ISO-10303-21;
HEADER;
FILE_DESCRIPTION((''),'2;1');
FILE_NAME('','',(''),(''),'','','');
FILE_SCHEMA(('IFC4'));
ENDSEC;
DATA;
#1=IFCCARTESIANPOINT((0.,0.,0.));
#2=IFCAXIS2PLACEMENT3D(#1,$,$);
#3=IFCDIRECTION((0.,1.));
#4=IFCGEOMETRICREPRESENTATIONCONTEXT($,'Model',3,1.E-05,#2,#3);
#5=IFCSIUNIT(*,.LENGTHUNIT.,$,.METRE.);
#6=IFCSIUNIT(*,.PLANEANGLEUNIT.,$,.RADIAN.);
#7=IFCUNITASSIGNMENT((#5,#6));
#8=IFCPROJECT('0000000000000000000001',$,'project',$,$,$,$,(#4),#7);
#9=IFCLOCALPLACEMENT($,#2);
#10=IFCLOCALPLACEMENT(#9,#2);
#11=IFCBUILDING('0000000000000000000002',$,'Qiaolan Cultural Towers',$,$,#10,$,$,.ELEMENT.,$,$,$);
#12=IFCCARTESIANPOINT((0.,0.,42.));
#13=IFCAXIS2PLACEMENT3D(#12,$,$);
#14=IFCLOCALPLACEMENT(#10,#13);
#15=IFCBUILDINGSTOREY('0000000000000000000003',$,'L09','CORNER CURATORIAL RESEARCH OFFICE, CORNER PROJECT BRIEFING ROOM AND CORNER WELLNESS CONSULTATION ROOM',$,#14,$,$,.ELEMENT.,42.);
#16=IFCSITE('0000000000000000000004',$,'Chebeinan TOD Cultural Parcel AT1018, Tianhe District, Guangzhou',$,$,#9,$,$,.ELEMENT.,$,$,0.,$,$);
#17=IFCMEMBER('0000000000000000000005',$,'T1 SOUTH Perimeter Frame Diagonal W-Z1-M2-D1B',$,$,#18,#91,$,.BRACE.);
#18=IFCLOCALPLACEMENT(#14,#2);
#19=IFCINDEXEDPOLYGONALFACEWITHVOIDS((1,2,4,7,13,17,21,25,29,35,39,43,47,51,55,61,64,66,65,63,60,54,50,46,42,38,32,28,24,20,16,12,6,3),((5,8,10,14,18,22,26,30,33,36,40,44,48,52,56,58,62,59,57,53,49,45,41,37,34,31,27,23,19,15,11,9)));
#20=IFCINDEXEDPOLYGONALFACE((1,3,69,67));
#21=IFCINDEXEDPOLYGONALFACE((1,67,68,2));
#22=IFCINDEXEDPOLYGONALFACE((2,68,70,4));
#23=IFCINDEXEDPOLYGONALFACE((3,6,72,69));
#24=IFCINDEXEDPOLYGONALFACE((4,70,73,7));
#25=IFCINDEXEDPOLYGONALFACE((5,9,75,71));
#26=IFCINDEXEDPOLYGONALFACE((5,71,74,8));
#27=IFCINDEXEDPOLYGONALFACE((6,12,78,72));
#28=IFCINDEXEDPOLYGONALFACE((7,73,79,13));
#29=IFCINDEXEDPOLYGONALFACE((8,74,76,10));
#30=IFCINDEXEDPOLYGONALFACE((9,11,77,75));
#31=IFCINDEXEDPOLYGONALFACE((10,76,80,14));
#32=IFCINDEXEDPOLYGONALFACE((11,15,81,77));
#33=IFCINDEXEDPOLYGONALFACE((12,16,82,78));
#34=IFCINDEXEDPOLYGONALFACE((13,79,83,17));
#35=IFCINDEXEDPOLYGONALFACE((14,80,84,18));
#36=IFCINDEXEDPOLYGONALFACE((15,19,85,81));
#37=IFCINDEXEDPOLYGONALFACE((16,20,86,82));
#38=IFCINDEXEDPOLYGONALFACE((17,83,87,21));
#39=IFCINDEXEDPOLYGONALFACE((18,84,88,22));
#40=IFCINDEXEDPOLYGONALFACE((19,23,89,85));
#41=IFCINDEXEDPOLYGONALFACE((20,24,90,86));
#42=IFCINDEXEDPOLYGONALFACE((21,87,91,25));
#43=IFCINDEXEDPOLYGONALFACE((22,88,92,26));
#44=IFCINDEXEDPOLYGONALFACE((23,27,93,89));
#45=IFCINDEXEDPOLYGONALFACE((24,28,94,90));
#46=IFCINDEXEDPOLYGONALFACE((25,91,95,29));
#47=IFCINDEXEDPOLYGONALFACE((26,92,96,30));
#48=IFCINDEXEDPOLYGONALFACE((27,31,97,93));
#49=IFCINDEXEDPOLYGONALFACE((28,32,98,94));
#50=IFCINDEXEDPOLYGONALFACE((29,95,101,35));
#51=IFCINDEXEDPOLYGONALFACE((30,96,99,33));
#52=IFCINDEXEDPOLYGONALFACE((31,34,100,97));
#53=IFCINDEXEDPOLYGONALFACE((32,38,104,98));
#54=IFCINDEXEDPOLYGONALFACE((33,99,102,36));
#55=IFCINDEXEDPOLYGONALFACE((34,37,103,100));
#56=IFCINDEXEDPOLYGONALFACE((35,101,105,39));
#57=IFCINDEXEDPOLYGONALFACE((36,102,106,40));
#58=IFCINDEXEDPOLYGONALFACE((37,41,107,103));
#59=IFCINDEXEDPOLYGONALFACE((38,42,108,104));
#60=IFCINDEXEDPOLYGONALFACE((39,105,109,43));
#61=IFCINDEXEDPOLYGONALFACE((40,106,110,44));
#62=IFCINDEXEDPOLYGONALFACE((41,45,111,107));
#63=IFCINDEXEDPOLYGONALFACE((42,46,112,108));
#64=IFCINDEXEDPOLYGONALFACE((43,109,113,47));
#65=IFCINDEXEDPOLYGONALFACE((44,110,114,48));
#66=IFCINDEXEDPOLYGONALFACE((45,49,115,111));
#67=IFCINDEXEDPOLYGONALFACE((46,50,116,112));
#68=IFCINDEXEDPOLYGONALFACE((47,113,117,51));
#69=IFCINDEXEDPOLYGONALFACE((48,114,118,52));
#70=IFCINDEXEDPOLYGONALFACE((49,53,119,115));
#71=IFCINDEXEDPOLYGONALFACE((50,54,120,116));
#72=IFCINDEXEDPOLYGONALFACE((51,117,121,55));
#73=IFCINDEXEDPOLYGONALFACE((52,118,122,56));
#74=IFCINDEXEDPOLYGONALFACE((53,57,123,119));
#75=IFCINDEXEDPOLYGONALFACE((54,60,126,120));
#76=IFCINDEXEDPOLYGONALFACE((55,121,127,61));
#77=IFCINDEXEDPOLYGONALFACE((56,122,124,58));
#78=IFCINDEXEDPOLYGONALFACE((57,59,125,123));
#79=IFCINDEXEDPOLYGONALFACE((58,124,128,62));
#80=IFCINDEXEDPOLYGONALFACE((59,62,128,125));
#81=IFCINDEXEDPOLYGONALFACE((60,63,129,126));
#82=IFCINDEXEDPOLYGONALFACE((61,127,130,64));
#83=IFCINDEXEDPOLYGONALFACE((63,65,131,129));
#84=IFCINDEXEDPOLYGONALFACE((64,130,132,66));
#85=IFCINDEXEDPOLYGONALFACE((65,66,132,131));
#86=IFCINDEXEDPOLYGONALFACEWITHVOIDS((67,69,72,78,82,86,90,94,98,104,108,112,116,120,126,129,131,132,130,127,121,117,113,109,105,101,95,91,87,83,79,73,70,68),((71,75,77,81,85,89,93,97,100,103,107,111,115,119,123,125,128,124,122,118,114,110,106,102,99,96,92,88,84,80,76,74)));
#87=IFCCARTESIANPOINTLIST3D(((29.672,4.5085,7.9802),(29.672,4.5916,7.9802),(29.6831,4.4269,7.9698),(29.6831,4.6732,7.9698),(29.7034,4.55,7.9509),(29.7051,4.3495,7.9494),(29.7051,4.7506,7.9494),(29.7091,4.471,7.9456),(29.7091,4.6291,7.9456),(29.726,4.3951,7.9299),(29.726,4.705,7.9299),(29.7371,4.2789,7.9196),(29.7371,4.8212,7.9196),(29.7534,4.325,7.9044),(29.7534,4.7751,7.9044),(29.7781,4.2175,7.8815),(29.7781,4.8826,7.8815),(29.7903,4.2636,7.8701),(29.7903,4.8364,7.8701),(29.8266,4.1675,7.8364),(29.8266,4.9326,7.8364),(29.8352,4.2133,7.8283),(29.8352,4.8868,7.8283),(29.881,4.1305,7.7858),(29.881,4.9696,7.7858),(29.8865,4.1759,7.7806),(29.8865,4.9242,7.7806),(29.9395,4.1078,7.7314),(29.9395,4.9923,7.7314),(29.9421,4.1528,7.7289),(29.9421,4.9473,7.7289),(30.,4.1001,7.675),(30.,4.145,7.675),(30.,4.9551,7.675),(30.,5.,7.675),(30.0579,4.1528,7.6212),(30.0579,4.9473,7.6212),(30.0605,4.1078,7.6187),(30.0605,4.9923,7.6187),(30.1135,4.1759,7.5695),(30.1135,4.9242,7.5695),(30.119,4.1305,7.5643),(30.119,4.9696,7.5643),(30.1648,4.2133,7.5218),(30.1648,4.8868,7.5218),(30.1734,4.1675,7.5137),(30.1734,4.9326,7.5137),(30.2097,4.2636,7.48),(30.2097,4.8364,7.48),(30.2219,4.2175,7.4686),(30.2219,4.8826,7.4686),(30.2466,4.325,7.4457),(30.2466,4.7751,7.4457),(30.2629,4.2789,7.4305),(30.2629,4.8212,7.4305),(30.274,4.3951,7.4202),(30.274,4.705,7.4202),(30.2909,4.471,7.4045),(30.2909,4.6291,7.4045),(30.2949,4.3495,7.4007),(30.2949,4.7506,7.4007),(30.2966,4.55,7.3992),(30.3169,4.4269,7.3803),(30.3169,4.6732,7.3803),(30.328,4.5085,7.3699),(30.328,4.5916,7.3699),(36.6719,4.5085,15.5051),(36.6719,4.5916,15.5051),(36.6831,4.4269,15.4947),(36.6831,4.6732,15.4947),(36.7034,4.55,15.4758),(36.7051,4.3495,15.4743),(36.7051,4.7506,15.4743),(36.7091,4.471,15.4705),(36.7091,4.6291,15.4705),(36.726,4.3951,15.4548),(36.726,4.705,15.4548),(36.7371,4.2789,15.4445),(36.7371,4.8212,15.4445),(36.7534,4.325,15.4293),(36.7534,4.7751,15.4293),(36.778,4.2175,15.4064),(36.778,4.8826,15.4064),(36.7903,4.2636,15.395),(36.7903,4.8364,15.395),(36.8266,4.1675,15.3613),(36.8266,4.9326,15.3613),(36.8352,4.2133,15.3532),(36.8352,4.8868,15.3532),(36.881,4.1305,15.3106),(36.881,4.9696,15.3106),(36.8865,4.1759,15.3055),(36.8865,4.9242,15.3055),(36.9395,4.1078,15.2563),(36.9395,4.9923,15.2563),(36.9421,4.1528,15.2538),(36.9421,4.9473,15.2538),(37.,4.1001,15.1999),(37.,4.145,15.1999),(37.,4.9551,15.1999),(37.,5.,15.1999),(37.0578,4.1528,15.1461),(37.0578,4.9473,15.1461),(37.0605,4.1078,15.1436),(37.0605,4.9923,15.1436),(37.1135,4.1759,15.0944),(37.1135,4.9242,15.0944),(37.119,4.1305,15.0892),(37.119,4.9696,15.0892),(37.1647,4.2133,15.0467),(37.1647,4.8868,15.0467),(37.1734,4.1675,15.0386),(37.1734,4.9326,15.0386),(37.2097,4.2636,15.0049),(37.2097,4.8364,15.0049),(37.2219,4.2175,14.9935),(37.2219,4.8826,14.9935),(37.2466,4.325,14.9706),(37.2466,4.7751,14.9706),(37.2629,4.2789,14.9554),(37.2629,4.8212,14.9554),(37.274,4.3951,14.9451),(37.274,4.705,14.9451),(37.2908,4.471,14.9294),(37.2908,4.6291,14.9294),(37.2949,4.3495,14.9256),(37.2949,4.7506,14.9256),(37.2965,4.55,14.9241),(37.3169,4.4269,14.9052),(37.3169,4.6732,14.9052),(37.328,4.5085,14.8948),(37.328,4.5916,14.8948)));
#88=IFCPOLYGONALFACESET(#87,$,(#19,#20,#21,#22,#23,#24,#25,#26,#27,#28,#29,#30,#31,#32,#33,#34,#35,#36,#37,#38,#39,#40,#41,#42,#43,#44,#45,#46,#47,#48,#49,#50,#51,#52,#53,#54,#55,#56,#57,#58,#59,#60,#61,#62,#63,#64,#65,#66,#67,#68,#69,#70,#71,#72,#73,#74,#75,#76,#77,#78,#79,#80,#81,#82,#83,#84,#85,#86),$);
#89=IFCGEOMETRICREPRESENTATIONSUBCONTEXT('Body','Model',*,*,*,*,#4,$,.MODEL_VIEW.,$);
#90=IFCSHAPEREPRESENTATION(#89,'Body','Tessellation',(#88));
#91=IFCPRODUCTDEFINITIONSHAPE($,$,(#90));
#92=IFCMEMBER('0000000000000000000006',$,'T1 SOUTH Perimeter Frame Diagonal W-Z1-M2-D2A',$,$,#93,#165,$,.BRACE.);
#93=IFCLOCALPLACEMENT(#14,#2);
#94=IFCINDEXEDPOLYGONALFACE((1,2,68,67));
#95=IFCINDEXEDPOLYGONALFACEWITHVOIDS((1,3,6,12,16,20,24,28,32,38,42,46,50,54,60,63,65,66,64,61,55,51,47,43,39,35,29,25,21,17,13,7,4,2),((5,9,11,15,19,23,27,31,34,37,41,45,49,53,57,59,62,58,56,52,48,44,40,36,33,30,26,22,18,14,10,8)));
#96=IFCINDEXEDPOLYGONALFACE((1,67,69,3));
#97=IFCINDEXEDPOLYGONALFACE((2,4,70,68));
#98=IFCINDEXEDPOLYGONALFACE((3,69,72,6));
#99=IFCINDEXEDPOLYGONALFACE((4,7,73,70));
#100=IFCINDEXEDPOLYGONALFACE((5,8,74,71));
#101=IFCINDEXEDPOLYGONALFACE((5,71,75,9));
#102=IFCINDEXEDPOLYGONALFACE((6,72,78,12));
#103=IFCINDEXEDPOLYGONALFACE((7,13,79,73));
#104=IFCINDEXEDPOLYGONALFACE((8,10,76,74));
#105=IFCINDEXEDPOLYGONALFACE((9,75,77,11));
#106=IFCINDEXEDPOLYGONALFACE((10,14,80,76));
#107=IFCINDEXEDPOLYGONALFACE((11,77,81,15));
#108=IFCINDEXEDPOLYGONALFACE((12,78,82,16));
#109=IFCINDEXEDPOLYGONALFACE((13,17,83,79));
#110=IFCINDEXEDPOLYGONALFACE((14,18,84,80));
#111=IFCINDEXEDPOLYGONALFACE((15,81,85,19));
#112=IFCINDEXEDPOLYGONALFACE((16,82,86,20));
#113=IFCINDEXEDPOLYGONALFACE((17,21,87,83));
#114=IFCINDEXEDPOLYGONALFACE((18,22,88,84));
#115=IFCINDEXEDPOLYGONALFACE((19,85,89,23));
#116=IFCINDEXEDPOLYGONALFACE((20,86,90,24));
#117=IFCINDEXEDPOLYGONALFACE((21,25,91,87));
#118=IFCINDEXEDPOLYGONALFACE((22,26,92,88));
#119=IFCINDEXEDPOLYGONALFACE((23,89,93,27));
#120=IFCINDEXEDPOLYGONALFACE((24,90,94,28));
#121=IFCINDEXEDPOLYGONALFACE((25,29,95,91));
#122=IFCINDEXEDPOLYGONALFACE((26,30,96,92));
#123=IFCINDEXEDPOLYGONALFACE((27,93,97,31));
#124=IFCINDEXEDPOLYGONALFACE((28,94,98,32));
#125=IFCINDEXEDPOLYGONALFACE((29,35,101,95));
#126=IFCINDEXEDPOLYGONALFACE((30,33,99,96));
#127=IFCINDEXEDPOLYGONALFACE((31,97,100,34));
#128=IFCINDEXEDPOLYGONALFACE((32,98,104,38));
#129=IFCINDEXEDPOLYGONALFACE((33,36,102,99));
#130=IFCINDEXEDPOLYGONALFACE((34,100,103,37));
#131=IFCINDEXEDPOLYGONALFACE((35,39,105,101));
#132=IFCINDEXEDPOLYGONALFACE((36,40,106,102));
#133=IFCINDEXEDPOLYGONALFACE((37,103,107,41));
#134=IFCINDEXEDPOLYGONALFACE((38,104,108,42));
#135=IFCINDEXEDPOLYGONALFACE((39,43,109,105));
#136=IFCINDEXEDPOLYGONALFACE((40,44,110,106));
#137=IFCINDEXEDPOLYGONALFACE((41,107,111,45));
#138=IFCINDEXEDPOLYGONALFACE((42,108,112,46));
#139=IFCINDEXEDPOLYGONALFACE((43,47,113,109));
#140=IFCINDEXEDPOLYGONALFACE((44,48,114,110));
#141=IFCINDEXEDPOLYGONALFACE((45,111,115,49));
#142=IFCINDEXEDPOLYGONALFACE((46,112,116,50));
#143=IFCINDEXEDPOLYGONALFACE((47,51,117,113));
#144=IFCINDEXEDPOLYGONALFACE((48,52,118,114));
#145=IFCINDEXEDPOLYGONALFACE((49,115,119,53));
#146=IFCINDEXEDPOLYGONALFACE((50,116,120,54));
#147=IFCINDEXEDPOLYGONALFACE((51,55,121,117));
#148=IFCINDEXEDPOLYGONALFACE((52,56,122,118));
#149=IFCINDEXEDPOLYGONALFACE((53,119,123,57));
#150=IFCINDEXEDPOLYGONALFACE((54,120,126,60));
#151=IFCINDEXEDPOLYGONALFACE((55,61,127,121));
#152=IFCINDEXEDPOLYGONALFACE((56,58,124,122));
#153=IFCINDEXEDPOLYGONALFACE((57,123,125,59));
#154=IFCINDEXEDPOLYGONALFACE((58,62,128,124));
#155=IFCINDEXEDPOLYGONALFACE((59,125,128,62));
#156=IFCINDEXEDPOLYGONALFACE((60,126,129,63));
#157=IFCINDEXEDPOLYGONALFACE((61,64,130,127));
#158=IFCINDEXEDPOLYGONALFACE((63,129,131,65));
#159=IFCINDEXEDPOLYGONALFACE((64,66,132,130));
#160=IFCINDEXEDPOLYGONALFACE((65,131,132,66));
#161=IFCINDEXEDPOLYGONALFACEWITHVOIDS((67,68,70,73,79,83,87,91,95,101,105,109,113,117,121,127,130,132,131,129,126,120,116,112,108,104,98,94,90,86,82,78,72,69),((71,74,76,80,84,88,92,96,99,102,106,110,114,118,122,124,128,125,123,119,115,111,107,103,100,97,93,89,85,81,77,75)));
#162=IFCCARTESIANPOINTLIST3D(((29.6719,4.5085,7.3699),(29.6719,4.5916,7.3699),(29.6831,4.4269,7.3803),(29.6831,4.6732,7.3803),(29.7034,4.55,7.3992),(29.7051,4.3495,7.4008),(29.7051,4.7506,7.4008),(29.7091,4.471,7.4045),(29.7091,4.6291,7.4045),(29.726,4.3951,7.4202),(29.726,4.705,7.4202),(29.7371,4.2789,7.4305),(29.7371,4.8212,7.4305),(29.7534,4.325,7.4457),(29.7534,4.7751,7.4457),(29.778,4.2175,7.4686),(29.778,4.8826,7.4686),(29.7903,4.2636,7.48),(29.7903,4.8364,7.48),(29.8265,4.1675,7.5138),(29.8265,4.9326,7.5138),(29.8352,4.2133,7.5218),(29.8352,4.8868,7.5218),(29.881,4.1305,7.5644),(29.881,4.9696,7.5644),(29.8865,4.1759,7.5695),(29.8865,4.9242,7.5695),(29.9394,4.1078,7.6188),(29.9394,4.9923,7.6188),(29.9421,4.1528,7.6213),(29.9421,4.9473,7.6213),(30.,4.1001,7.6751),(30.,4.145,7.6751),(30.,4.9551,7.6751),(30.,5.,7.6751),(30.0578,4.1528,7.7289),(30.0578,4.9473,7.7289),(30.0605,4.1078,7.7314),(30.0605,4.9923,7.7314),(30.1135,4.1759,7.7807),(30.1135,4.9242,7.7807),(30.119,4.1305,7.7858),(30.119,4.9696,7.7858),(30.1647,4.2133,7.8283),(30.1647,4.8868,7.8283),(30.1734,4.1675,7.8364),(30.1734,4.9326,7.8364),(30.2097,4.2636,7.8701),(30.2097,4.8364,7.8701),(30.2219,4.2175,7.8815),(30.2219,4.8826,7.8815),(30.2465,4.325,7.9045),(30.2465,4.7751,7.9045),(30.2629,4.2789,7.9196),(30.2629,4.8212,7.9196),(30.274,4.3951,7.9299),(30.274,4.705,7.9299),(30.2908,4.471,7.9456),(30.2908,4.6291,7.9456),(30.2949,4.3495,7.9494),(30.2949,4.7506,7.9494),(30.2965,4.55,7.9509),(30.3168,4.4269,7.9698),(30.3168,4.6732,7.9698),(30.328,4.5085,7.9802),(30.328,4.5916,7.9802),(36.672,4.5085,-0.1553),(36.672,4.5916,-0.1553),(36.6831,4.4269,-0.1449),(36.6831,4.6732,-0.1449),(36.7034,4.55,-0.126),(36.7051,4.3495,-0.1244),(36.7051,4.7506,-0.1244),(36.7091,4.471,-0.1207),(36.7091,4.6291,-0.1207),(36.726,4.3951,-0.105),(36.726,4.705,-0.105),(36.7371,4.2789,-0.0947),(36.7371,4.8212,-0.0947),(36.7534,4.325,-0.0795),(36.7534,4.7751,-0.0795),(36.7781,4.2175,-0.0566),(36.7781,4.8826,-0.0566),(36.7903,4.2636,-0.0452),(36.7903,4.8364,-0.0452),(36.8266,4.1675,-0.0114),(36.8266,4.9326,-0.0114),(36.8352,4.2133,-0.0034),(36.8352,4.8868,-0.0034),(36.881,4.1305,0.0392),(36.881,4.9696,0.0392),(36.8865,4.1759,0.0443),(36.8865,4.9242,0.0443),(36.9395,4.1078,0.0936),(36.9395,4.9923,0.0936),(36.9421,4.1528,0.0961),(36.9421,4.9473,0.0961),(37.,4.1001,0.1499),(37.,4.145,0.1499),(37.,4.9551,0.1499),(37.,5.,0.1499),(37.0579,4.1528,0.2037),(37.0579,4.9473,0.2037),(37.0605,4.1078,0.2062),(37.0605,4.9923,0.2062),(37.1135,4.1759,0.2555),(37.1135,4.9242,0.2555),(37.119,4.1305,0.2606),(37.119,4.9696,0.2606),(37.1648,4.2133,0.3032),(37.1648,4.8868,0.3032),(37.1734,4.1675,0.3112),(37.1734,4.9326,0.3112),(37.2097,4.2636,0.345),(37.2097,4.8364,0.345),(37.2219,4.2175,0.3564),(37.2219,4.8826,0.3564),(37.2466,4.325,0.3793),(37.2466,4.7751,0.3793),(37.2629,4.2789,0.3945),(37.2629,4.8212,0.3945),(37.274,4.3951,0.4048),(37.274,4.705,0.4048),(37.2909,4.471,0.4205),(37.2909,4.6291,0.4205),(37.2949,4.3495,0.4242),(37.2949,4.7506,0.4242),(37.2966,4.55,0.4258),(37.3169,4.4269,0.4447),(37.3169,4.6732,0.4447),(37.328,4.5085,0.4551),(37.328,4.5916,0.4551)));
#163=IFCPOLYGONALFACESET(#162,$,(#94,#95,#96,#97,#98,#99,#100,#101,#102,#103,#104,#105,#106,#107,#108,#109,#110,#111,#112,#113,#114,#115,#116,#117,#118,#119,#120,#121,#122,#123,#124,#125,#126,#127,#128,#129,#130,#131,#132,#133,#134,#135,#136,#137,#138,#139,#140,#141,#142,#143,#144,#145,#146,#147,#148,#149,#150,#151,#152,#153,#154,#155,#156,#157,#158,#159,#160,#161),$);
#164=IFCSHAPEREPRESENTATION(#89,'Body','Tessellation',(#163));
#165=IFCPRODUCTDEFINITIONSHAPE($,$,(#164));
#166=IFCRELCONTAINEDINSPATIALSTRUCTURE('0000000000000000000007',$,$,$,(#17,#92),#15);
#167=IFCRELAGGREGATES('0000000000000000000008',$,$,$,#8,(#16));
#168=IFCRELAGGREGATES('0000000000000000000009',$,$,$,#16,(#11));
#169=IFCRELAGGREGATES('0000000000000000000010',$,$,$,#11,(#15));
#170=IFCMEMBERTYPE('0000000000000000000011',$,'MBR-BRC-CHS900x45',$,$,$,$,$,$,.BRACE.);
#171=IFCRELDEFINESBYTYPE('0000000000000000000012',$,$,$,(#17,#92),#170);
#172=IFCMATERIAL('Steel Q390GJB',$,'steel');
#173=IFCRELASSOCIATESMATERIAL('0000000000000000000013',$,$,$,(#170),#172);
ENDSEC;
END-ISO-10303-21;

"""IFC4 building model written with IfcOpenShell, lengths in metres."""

from ifc_helpers import new_model, si_unit, direction, frame, origin, origin_2d, place, context, subcontext, project, spatial, hollow_circle, extrude, material, material_profile, profile_set, type_object, element, save


model = new_model("IFC4")

# Units and contexts
model_context = context("Model", 3, precision=1e-05, world=origin(), true_north=direction((0.0, 1.0)))
body_context = subcontext(model_context, "Body", "Model", "MODEL_VIEW")
ifc_project = project(units=[si_unit("LENGTHUNIT", "METRE"), si_unit("PLANEANGLEUNIT", "RADIAN")], contexts=[model_context])

# Site, building, storey
site_placement = place(None, origin())
site = spatial("IfcSite", under=ifc_project, at=site_placement, Name="Chebeinan TOD Cultural Parcel AT1018, Tianhe District, Guangzhou", CompositionType="ELEMENT", RefElevation=0.0)
building_placement = place(site_placement, origin())
building = spatial("IfcBuilding", under=site, at=building_placement, Name="Qiaolan Cultural Towers", CompositionType="ELEMENT")
storey_placement = place(building_placement, frame((0.0, 0.0, 42.0)))
storey = spatial("IfcBuildingStorey", under=building, at=storey_placement, Name="L09", Description="CORNER CURATORIAL RESEARCH OFFICE, CORNER PROJECT BRIEFING ROOM AND CORNER WELLNESS CONSULTATION ROOM", CompositionType="ELEMENT", Elevation=42.0)

# Members
ifc_material_1 = material(Name="Steel Q390GJB", Category="steel")
ifc_material_profile_1 = material_profile(ifc_material_1, hollow_circle(Radius=0.45, WallThickness=0.0449, at=origin_2d()), Name="CHS900x45")
ifc_profile_set_1 = profile_set([ifc_material_profile_1], Name="Steel Q390GJB")
member_type = type_object("IfcMemberType", Name="MBR-BRC-CHS900x45", PredefinedType="BRACE", material=ifc_profile_set_1)
member_1_placement = place(storey_placement, frame((30.0, 4.55, 7.675), z_axis=(0.681109, 0.0, 0.732182), x_axis=(0.0, 1.0, 0.0)))
element("IfcMember", 1, at=member_1_placement, inside=storey, type_object=member_type, Name="T1 SOUTH Perimeter Frame Diagonal W-Z1-M2-D1B", PredefinedType="BRACE", context=body_context, shape_type="SweptSolid", body=[
    extrude(hollow_circle(Radius=0.45, WallThickness=0.0449, at=origin_2d()), origin(), (0.0, 0.0, 1.0), 10.2773),
])
member_2_placement = place(storey_placement, frame((37.0, 4.55, 0.1499), z_axis=(-0.681097, 0.0, 0.732193), x_axis=(0.0, -1.0, 0.0)))
element("IfcMember", 2, at=member_2_placement, inside=storey, type_object=member_type, Name="T1 SOUTH Perimeter Frame Diagonal W-Z1-M2-D2A", PredefinedType="BRACE", context=body_context, shape_type="SweptSolid", body=[
    extrude(hollow_circle(Radius=0.45, WallThickness=0.0449, at=origin_2d()), origin(), (0.0, 0.0, 1.0), 10.2776),
])

save(model, "model.ifc")
